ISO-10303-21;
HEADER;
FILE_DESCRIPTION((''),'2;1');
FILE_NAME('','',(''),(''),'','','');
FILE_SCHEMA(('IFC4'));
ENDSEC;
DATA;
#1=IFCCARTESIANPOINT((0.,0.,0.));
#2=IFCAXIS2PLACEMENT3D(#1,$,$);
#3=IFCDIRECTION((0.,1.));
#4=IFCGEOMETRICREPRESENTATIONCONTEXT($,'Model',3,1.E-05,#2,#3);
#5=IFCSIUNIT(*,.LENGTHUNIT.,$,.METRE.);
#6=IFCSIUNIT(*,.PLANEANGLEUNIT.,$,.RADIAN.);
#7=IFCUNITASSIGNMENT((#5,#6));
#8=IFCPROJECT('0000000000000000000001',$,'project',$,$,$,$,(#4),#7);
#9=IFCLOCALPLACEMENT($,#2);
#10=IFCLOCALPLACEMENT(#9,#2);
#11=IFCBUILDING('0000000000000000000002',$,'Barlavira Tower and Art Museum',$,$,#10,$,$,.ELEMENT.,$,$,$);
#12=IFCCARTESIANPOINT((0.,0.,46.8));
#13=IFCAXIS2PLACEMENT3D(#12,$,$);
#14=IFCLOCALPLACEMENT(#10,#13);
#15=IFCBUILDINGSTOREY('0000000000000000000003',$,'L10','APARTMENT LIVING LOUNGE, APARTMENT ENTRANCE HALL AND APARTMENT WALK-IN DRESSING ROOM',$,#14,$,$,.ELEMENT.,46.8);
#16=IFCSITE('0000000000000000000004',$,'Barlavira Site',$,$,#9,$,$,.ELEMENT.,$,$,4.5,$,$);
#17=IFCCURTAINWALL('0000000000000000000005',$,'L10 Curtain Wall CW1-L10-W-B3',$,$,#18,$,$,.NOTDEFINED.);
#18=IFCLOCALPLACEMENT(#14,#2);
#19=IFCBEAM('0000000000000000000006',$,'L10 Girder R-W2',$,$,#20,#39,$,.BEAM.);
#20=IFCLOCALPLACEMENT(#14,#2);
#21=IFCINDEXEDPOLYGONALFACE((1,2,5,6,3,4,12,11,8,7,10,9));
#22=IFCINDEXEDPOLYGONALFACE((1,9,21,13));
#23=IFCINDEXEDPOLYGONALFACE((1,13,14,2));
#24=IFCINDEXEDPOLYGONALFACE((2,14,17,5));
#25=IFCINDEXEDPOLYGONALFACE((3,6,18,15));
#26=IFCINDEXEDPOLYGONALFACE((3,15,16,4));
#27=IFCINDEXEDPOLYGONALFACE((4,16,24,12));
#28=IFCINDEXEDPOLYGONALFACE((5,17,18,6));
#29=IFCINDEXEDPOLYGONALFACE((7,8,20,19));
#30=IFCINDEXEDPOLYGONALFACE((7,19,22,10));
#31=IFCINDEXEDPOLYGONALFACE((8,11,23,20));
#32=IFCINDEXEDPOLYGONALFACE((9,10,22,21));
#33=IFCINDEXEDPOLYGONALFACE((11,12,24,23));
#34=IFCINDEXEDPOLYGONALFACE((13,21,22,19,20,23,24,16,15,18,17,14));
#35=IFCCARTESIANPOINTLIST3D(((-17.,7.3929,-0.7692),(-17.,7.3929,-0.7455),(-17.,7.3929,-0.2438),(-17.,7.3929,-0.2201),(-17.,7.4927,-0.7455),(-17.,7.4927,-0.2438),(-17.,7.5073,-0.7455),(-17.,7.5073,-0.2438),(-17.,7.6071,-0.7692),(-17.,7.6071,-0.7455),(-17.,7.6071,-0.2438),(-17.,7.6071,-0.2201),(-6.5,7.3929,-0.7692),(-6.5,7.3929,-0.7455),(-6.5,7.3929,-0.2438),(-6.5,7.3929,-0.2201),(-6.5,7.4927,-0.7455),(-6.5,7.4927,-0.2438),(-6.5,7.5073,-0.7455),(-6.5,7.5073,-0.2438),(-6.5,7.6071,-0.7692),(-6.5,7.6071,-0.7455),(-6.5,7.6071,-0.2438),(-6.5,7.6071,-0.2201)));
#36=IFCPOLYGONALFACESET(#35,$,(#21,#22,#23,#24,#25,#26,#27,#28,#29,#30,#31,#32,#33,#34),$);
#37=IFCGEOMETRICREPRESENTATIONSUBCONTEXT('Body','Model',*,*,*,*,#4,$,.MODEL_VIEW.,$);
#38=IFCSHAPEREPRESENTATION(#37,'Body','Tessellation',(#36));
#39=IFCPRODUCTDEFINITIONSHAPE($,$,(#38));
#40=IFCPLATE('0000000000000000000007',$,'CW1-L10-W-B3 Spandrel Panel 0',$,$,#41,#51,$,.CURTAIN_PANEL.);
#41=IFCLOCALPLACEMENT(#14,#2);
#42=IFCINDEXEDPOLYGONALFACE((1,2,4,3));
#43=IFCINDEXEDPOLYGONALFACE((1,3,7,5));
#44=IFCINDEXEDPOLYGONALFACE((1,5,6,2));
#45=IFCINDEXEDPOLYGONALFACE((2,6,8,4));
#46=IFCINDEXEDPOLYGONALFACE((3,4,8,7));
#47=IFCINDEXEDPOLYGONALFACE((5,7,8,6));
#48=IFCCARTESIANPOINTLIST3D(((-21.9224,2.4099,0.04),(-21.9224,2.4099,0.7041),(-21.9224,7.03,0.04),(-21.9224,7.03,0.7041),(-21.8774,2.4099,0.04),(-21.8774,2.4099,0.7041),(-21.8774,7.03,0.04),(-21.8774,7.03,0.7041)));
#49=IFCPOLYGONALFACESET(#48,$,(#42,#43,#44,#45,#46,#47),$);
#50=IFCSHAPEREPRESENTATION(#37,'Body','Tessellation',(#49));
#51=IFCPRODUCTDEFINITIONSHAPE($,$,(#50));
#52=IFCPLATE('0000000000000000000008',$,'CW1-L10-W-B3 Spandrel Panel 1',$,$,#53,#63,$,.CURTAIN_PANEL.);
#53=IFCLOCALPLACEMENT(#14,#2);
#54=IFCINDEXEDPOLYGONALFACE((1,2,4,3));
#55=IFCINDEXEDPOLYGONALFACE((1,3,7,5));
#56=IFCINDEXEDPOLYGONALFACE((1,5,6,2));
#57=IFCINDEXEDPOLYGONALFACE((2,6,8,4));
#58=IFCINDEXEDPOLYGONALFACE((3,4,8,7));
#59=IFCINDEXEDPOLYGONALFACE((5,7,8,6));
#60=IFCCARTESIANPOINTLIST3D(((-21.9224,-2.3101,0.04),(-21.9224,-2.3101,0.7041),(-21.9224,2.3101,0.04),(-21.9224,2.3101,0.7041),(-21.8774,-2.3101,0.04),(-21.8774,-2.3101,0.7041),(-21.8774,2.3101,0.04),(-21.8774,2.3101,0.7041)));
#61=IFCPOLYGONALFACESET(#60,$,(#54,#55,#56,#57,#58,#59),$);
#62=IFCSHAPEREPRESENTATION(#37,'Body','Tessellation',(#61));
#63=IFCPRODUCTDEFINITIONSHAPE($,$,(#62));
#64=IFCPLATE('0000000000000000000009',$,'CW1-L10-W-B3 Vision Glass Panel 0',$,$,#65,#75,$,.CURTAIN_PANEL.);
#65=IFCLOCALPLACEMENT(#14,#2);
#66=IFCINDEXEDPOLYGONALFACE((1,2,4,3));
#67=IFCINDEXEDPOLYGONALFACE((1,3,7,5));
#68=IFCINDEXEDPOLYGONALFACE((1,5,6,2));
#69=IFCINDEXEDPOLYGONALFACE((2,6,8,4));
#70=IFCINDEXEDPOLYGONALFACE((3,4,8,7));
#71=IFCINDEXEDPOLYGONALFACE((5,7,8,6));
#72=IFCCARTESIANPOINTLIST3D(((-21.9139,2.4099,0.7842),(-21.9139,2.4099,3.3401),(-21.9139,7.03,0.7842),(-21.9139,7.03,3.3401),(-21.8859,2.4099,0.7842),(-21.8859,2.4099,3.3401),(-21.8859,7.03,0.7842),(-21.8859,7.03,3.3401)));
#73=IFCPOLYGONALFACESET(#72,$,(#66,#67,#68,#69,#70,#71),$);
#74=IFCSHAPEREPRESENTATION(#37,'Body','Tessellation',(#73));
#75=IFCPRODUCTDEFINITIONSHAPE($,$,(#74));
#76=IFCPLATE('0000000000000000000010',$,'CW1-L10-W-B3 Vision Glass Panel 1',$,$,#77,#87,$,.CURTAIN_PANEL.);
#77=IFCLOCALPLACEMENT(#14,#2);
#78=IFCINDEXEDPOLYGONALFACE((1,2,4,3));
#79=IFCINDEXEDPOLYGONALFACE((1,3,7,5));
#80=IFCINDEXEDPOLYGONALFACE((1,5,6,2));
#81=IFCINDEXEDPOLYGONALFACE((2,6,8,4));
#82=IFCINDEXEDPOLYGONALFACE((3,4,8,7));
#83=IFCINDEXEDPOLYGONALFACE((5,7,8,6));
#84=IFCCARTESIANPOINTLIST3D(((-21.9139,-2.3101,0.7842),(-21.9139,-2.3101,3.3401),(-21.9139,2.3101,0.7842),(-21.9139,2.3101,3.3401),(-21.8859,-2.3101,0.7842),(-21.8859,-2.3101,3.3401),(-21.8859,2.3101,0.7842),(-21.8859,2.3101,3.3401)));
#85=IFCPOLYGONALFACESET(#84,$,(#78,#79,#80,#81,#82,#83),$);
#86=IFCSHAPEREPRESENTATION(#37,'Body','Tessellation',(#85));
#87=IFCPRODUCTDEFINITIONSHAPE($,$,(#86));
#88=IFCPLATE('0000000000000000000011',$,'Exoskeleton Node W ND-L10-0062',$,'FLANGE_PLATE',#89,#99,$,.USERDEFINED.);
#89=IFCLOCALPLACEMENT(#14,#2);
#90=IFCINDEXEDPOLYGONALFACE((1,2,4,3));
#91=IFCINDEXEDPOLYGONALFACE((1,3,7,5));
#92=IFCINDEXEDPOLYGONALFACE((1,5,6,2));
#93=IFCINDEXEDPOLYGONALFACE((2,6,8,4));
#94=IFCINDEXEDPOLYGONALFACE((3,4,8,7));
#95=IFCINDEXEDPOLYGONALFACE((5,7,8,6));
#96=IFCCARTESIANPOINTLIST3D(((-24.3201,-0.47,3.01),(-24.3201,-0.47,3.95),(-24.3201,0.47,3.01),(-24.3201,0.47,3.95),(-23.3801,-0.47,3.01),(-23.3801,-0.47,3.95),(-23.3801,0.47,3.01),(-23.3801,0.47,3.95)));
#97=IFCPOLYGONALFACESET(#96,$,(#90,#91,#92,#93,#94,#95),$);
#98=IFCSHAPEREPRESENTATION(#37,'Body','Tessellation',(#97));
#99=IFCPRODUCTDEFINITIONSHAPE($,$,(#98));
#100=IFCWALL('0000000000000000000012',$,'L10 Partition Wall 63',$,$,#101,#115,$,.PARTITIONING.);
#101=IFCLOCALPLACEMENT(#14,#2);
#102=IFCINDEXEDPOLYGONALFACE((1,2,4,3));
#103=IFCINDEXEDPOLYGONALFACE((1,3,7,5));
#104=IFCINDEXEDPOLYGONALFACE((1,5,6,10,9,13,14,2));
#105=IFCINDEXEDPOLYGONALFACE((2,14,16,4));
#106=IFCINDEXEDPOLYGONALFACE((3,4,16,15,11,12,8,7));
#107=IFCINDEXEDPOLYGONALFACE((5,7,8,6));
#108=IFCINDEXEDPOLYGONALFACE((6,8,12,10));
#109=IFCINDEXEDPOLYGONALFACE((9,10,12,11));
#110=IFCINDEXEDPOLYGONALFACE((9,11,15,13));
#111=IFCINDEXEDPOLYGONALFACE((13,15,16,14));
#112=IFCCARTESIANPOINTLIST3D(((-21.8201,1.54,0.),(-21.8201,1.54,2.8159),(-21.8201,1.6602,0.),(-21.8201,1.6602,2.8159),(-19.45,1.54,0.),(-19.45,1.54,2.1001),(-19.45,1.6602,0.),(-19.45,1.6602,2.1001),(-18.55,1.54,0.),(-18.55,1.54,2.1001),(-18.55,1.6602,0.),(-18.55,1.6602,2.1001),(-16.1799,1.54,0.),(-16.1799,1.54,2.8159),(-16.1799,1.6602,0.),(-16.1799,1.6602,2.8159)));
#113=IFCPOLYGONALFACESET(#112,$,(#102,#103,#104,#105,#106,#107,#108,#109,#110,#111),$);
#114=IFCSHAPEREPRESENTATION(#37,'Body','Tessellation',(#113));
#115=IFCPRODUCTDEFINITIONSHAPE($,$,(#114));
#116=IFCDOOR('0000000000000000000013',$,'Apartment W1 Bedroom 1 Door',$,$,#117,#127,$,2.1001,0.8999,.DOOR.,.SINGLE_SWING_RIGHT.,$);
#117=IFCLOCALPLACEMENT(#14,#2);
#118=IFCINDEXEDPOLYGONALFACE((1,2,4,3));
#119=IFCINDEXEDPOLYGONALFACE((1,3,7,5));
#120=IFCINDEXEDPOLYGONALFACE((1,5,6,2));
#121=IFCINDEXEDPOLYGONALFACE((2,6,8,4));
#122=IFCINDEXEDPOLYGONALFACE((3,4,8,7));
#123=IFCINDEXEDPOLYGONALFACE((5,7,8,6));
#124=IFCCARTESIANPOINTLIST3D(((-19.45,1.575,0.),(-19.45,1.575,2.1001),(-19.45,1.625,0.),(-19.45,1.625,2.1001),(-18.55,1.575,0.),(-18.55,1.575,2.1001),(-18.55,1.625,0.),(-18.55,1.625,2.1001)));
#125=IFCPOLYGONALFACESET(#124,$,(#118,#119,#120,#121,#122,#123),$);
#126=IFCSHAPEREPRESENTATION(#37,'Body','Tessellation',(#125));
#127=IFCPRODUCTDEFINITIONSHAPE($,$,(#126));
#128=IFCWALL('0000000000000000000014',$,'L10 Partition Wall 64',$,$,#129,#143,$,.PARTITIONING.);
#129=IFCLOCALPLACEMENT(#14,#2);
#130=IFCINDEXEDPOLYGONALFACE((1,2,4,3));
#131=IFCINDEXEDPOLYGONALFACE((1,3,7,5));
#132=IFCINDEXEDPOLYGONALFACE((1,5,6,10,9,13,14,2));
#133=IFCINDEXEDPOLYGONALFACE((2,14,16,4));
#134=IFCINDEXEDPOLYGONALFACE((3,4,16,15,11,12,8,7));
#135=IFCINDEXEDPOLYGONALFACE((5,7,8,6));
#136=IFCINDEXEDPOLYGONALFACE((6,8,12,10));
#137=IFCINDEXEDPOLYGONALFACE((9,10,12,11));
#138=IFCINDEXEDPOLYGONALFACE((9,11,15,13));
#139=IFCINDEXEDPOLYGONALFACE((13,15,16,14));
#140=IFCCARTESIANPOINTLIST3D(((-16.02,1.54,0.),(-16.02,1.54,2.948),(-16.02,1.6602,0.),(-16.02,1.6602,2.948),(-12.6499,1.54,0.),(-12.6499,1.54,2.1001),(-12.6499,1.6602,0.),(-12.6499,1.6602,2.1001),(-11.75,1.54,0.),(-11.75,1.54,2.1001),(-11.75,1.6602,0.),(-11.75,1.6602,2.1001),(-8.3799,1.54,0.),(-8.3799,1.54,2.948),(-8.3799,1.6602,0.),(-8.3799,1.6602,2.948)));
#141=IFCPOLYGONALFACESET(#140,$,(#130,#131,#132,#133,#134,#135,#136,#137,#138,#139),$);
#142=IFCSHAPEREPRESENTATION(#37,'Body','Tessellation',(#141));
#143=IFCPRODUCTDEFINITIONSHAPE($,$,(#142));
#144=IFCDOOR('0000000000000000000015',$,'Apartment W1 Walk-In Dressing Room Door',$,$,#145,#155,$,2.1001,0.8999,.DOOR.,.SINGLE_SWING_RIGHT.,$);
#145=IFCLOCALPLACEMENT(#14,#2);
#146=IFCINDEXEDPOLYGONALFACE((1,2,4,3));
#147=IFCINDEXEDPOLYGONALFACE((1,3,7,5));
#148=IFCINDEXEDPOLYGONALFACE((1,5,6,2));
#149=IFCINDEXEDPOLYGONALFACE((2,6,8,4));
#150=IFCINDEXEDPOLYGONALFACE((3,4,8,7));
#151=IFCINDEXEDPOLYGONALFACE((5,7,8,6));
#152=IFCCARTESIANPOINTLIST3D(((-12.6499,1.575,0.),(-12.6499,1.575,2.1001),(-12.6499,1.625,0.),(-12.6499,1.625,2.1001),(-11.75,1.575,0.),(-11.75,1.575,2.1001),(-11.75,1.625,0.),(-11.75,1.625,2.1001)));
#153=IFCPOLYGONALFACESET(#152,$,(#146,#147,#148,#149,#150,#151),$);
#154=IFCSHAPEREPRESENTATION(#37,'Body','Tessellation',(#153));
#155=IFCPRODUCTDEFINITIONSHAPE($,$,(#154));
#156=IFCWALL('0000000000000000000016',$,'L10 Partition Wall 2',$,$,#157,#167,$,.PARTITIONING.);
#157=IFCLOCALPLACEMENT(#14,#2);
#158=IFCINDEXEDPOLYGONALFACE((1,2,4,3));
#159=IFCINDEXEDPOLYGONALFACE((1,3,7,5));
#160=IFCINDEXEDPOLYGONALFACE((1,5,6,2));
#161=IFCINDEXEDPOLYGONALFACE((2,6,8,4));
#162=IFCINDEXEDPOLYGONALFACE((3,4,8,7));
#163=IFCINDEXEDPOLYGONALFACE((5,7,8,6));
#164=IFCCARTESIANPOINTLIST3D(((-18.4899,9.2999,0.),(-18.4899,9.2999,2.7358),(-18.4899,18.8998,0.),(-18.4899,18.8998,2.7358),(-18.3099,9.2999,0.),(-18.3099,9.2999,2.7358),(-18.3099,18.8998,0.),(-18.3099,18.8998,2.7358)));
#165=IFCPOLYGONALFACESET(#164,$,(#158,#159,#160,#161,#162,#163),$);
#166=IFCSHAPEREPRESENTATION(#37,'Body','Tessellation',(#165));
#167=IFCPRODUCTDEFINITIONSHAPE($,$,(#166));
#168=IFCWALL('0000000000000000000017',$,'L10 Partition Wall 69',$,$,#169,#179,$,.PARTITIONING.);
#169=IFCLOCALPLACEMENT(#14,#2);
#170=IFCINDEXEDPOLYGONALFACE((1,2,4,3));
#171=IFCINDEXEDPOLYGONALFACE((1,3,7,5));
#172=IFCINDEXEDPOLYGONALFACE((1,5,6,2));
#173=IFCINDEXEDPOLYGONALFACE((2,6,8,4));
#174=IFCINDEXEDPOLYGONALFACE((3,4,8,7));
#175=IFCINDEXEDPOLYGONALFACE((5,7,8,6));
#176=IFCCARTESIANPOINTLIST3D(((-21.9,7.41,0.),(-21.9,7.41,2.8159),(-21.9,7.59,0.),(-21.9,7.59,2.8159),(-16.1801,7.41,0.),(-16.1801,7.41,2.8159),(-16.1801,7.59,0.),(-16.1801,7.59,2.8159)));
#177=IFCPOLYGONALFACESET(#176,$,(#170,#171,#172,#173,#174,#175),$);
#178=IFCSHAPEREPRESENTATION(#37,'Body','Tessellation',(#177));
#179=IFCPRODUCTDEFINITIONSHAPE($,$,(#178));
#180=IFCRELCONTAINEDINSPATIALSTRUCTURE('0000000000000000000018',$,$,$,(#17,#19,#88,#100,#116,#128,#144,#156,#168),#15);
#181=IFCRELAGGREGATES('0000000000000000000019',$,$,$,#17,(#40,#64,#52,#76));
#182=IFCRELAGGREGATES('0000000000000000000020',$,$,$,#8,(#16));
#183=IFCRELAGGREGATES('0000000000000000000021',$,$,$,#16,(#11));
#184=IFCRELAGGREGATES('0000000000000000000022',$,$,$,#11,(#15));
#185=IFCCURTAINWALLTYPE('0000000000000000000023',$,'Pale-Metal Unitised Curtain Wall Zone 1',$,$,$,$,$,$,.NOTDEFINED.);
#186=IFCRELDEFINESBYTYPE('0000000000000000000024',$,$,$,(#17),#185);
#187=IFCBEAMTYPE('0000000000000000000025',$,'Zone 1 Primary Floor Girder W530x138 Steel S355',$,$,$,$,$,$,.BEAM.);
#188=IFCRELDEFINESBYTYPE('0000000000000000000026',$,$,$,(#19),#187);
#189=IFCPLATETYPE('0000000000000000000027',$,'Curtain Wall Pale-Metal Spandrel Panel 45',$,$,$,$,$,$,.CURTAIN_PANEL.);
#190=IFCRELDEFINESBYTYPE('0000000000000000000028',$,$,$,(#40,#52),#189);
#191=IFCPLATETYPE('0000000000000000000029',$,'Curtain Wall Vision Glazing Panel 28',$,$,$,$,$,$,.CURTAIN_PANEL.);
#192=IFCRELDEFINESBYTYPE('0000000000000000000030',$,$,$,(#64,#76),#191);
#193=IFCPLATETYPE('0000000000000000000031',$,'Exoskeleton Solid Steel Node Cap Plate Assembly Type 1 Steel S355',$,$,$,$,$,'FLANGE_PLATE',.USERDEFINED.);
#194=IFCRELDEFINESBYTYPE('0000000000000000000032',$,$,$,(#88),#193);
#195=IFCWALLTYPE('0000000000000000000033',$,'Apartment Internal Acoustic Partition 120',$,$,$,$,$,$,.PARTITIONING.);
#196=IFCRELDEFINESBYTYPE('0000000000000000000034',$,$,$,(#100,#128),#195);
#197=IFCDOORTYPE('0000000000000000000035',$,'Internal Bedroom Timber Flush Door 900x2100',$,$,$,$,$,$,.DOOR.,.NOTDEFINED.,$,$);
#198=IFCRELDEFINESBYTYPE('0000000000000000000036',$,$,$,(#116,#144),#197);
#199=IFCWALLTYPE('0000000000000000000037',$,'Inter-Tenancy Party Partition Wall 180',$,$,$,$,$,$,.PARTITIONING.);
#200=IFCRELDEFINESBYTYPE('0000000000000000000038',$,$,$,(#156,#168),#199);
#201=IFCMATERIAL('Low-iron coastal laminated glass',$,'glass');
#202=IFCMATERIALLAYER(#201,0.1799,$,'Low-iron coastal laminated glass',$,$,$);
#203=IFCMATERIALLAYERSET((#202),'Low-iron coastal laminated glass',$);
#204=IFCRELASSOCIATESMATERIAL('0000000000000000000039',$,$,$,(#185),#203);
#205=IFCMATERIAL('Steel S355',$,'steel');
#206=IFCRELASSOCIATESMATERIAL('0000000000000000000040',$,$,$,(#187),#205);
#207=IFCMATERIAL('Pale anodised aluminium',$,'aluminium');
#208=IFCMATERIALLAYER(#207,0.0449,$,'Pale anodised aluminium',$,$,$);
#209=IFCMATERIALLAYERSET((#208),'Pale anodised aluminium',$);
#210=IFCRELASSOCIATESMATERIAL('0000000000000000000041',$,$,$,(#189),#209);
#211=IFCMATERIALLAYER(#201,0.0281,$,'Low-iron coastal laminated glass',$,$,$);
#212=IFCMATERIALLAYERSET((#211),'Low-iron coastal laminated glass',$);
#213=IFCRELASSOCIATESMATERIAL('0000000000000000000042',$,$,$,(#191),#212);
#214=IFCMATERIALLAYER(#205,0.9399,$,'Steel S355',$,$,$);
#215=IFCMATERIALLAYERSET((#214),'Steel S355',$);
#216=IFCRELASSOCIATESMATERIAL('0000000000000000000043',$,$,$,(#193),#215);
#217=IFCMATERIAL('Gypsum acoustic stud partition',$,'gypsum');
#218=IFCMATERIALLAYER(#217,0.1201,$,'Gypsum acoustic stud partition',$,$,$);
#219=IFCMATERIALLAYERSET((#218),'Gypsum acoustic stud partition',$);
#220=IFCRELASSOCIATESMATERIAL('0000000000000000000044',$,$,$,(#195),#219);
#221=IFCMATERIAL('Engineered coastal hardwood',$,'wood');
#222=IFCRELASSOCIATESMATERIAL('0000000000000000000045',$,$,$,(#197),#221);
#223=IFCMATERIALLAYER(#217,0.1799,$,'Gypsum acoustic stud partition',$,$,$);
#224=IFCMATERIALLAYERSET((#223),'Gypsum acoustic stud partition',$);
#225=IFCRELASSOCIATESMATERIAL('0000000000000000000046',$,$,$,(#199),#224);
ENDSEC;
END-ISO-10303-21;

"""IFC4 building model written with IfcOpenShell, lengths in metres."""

from ifc_helpers import new_model, si_unit, direction, frame, frame_2d, origin, origin_2d, place, context, subcontext, project, spatial, rectangle, i_section, extrude, material, layer, layer_set, material_profile, profile_set, type_object, element, fill, aggregate, save


model = new_model("IFC4")

# Units and contexts
model_context = context("Model", 3, precision=1e-05, world=origin(), true_north=direction((0.0, 1.0)))
body_context = subcontext(model_context, "Body", "Model", "MODEL_VIEW")
ifc_project = project(units=[si_unit("LENGTHUNIT", "METRE"), si_unit("PLANEANGLEUNIT", "RADIAN")], contexts=[model_context])

# Site, building, storey
site_placement = place(None, origin())
site = spatial("IfcSite", under=ifc_project, at=site_placement, Name="Barlavira Site", CompositionType="ELEMENT", RefElevation=4.5)
building_placement = place(site_placement, origin())
building = spatial("IfcBuilding", under=site, at=building_placement, Name="Barlavira Tower and Art Museum", CompositionType="ELEMENT")
storey_placement = place(building_placement, frame((0.0, 0.0, 46.8)))
storey = spatial("IfcBuildingStorey", under=building, at=storey_placement, Name="L10", Description="APARTMENT LIVING LOUNGE, APARTMENT ENTRANCE HALL AND APARTMENT WALK-IN DRESSING ROOM", CompositionType="ELEMENT", Elevation=46.8)

# Curtain wall
ifc_material_1 = material(Name="Low-iron coastal laminated glass", Category="glass")
ifc_layer_1 = layer(ifc_material_1, 0.1799, Name="Low-iron coastal laminated glass")
ifc_layer_set_1 = layer_set([ifc_layer_1], Name="Low-iron coastal laminated glass")
curtain_wall_type = type_object("IfcCurtainWallType", Name="Pale-Metal Unitised Curtain Wall Zone 1", PredefinedType="NOTDEFINED", material=ifc_layer_set_1)
curtain_wall_placement = place(storey_placement, origin())
curtain_wall = element("IfcCurtainWall", 1, at=curtain_wall_placement, inside=storey, type_object=curtain_wall_type, Name="L10 Curtain Wall CW1-L10-W-B3", PredefinedType="NOTDEFINED")
ifc_material_2 = material(Name="Pale anodised aluminium", Category="aluminium")

# Shared definitions
ifc_material_3 = material(Name="Steel S355", Category="steel")

# Beam
ifc_material_profile_1 = material_profile(ifc_material_3, i_section(OverallWidth=0.2141, OverallDepth=0.5491, WebThickness=0.0146, FlangeThickness=0.0237, at=origin_2d()), Name="W530x138.0")
ifc_profile_set_1 = profile_set([ifc_material_profile_1], Name="Steel S355")
beam_type_1 = type_object("IfcBeamType", Name="Zone 1 Primary Floor Girder W530x138 Steel S355", PredefinedType="BEAM", material=ifc_profile_set_1)
beam_1_placement = place(storey_placement, frame((-17.0, 7.5, -0.4946), z_axis=(1.0, 0.0, 0.0), x_axis=(0.0, 1.0, 0.0)))
element("IfcBeam", 2, at=beam_1_placement, inside=storey, type_object=beam_type_1, Name="L10 Girder R-W2", PredefinedType="BEAM", context=body_context, shape_type="SweptSolid", body=[
    extrude(i_section(OverallWidth=0.2141, OverallDepth=0.5491, WebThickness=0.0146, FlangeThickness=0.0237, at=origin_2d()), origin(), (0.0, 0.0, 1.0), 10.5),
])

# Plates
ifc_layer_2 = layer(ifc_material_2, 0.0449, Name="Pale anodised aluminium")
ifc_layer_set_2 = layer_set([ifc_layer_2], Name="Pale anodised aluminium")
plate_type_1 = type_object("IfcPlateType", Name="Curtain Wall Pale-Metal Spandrel Panel 45", PredefinedType="CURTAIN_PANEL", material=ifc_layer_set_2)
plate_1_placement = place(storey_placement, frame((-21.8999, 4.72, 0.04), z_axis=(0.0, 0.0, 1.0), x_axis=(0.0, -1.0, 0.0)))
plate_1 = element("IfcPlate", 3, at=plate_1_placement, type_object=plate_type_1, Name="CW1-L10-W-B3 Spandrel Panel 0", PredefinedType="CURTAIN_PANEL", context=body_context, shape_type="SweptSolid", body=[
    extrude(rectangle(XDim=4.6201, YDim=0.0449, at=origin_2d()), origin(), (0.0, 0.0, 1.0), 0.6641),
])
plate_2_placement = place(storey_placement, frame((-21.8999, 0.0, 0.04), z_axis=(0.0, 0.0, 1.0), x_axis=(0.0, -1.0, 0.0)))
plate_2 = element("IfcPlate", 4, at=plate_2_placement, type_object=plate_type_1, Name="CW1-L10-W-B3 Spandrel Panel 1", PredefinedType="CURTAIN_PANEL", context=body_context, shape_type="SweptSolid", body=[
    extrude(rectangle(XDim=4.6201, YDim=0.0449, at=origin_2d()), origin(), (0.0, 0.0, 1.0), 0.6641),
])
ifc_layer_3 = layer(ifc_material_1, 0.0281, Name="Low-iron coastal laminated glass")
ifc_layer_set_3 = layer_set([ifc_layer_3], Name="Low-iron coastal laminated glass")
plate_type_2 = type_object("IfcPlateType", Name="Curtain Wall Vision Glazing Panel 28", PredefinedType="CURTAIN_PANEL", material=ifc_layer_set_3)
plate_3_placement = place(storey_placement, frame((-21.8999, 4.72, 0.7842), z_axis=(0.0, 0.0, 1.0), x_axis=(0.0, -1.0, 0.0)))
plate_3 = element("IfcPlate", 5, at=plate_3_placement, type_object=plate_type_2, Name="CW1-L10-W-B3 Vision Glass Panel 0", PredefinedType="CURTAIN_PANEL", context=body_context, shape_type="SweptSolid", body=[
    extrude(rectangle(XDim=4.6201, YDim=0.0281, at=origin_2d()), origin(), (0.0, 0.0, 1.0), 2.5559),
])
plate_4_placement = place(storey_placement, frame((-21.8999, 0.0, 0.7842), z_axis=(0.0, 0.0, 1.0), x_axis=(0.0, -1.0, 0.0)))
plate_4 = element("IfcPlate", 6, at=plate_4_placement, type_object=plate_type_2, Name="CW1-L10-W-B3 Vision Glass Panel 1", PredefinedType="CURTAIN_PANEL", context=body_context, shape_type="SweptSolid", body=[
    extrude(rectangle(XDim=4.6201, YDim=0.0281, at=origin_2d()), origin(), (0.0, 0.0, 1.0), 2.5559),
])
aggregate(curtain_wall, [plate_1, plate_3, plate_2, plate_4])
ifc_layer_4 = layer(ifc_material_3, 0.9399, Name="Steel S355")
ifc_layer_set_4 = layer_set([ifc_layer_4], Name="Steel S355")
plate_type_3 = type_object("IfcPlateType", Name="Exoskeleton Solid Steel Node Cap Plate Assembly Type 1 Steel S355", ElementType="FLANGE_PLATE", PredefinedType="USERDEFINED", material=ifc_layer_set_4)
plate_5_placement = place(storey_placement, frame((-23.8501, 0.0, 3.01), z_axis=(0.0, 0.0, 1.0), x_axis=(1.0, 0.0, 0.0)))
element("IfcPlate", 7, at=plate_5_placement, inside=storey, type_object=plate_type_3, Name="Exoskeleton Node W ND-L10-0062", ObjectType="FLANGE_PLATE", PredefinedType="USERDEFINED", context=body_context, shape_type="SweptSolid", body=[
    extrude(rectangle(XDim=0.9399, YDim=0.9399, at=origin_2d()), origin(), (0.0, 0.0, 1.0), 0.9399),
])

# Walls, openings, doors
ifc_material_4 = material(Name="Gypsum acoustic stud partition", Category="gypsum")
ifc_layer_5 = layer(ifc_material_4, 0.1201, Name="Gypsum acoustic stud partition")
ifc_layer_set_5 = layer_set([ifc_layer_5], Name="Gypsum acoustic stud partition")
wall_type_1 = type_object("IfcWallType", Name="Apartment Internal Acoustic Partition 120", PredefinedType="PARTITIONING", material=ifc_layer_set_5)
wall_1_placement = place(storey_placement, frame((-21.8201, 1.6001, 0.0), z_axis=(0.0, 0.0, 1.0), x_axis=(1.0, 0.0, 0.0)))
wall_1 = element("IfcWall", 8, at=wall_1_placement, inside=storey, type_object=wall_type_1, Name="L10 Partition Wall 63", PredefinedType="PARTITIONING", context=body_context, shape_type="SweptSolid", body=[
    extrude(rectangle(XDim=5.6401, YDim=0.1201, at=frame_2d((2.8201, 0.0))), origin(), (0.0, 0.0, 1.0), 2.8159),
])
opening_1_placement = place(wall_1_placement, frame((2.3701, 0.0, 0.0)))
opening_1 = element("IfcOpeningElement", 9, at=opening_1_placement, cuts=wall_1, PredefinedType="OPENING", context=body_context, shape_type="SweptSolid", body=[
    extrude(rectangle(XDim=0.8999, YDim=2.1001, at=frame_2d((0.45, 1.05))), frame((0.0, 0.0701, 0.0), z_axis=(0.0, -1.0, 0.0), x_axis=(1.0, 0.0, 0.0)), (0.0, 0.0, 1.0), 0.1401),
])
ifc_material_5 = material(Name="Engineered coastal hardwood", Category="wood")
door_type = type_object("IfcDoorType", Name="Internal Bedroom Timber Flush Door 900x2100", OperationType="NOTDEFINED", PredefinedType="DOOR", material=ifc_material_5)
door_1_placement = place(opening_1_placement, origin())
door_1 = element("IfcDoor", 10, at=door_1_placement, inside=storey, type_object=door_type, Name="Apartment W1 Bedroom 1 Door", OperationType="SINGLE_SWING_RIGHT", OverallHeight=2.1001, OverallWidth=0.8999, PredefinedType="DOOR", context=body_context, shape_type="SweptSolid", body=[
    extrude(rectangle(XDim=0.8999, YDim=2.1001, at=frame_2d((0.45, 1.05))), frame((0.0, 0.0249, 0.0), z_axis=(0.0, -1.0, 0.0), x_axis=(1.0, 0.0, 0.0)), (0.0, 0.0, 1.0), 0.05),
])
fill(opening_1, door_1)
wall_2_placement = place(storey_placement, frame((-16.02, 1.6001, 0.0), z_axis=(0.0, 0.0, 1.0), x_axis=(1.0, 0.0, 0.0)))
wall_2 = element("IfcWall", 11, at=wall_2_placement, inside=storey, type_object=wall_type_1, Name="L10 Partition Wall 64", PredefinedType="PARTITIONING", context=body_context, shape_type="SweptSolid", body=[
    extrude(rectangle(XDim=7.6401, YDim=0.1201, at=frame_2d((3.8201, 0.0))), origin(), (0.0, 0.0, 1.0), 2.948),
])
opening_2_placement = place(wall_2_placement, frame((3.3701, 0.0, 0.0)))
opening_2 = element("IfcOpeningElement", 12, at=opening_2_placement, cuts=wall_2, PredefinedType="OPENING", context=body_context, shape_type="SweptSolid", body=[
    extrude(rectangle(XDim=0.8999, YDim=2.1001, at=frame_2d((0.45, 1.05))), frame((0.0, 0.0701, 0.0), z_axis=(0.0, -1.0, 0.0), x_axis=(1.0, 0.0, 0.0)), (0.0, 0.0, 1.0), 0.1401),
])
door_2_placement = place(opening_2_placement, origin())
door_2 = element("IfcDoor", 13, at=door_2_placement, inside=storey, type_object=door_type, Name="Apartment W1 Walk-In Dressing Room Door", OperationType="SINGLE_SWING_RIGHT", OverallHeight=2.1001, OverallWidth=0.8999, PredefinedType="DOOR", context=body_context, shape_type="SweptSolid", body=[
    extrude(rectangle(XDim=0.8999, YDim=2.1001, at=frame_2d((0.45, 1.05))), frame((0.0, 0.0249, 0.0), z_axis=(0.0, -1.0, 0.0), x_axis=(1.0, 0.0, 0.0)), (0.0, 0.0, 1.0), 0.05),
])
fill(opening_2, door_2)

# Walls
ifc_layer_6 = layer(ifc_material_4, 0.1799, Name="Gypsum acoustic stud partition")
ifc_layer_set_6 = layer_set([ifc_layer_6], Name="Gypsum acoustic stud partition")
wall_type_2 = type_object("IfcWallType", Name="Inter-Tenancy Party Partition Wall 180", PredefinedType="PARTITIONING", material=ifc_layer_set_6)
wall_3_placement = place(storey_placement, frame((-18.3999, 9.3, 0.0), z_axis=(0.0, 0.0, 1.0), x_axis=(0.0, 1.0, 0.0)))
element("IfcWall", 14, at=wall_3_placement, inside=storey, type_object=wall_type_2, Name="L10 Partition Wall 2", PredefinedType="PARTITIONING", context=body_context, shape_type="SweptSolid", body=[
    extrude(rectangle(XDim=9.5999, YDim=0.1799, at=frame_2d((4.7998, 0.0))), origin(), (0.0, 0.0, 1.0), 2.7358),
])
wall_4_placement = place(storey_placement, frame((-21.8999, 7.5, 0.0), z_axis=(0.0, 0.0, 1.0), x_axis=(1.0, 0.0, 0.0)))
element("IfcWall", 15, at=wall_4_placement, inside=storey, type_object=wall_type_2, Name="L10 Partition Wall 69", PredefinedType="PARTITIONING", context=body_context, shape_type="SweptSolid", body=[
    extrude(rectangle(XDim=5.72, YDim=0.1799, at=frame_2d((2.8599, 0.0))), origin(), (0.0, 0.0, 1.0), 2.8159),
])

save(model, "model.ifc")
